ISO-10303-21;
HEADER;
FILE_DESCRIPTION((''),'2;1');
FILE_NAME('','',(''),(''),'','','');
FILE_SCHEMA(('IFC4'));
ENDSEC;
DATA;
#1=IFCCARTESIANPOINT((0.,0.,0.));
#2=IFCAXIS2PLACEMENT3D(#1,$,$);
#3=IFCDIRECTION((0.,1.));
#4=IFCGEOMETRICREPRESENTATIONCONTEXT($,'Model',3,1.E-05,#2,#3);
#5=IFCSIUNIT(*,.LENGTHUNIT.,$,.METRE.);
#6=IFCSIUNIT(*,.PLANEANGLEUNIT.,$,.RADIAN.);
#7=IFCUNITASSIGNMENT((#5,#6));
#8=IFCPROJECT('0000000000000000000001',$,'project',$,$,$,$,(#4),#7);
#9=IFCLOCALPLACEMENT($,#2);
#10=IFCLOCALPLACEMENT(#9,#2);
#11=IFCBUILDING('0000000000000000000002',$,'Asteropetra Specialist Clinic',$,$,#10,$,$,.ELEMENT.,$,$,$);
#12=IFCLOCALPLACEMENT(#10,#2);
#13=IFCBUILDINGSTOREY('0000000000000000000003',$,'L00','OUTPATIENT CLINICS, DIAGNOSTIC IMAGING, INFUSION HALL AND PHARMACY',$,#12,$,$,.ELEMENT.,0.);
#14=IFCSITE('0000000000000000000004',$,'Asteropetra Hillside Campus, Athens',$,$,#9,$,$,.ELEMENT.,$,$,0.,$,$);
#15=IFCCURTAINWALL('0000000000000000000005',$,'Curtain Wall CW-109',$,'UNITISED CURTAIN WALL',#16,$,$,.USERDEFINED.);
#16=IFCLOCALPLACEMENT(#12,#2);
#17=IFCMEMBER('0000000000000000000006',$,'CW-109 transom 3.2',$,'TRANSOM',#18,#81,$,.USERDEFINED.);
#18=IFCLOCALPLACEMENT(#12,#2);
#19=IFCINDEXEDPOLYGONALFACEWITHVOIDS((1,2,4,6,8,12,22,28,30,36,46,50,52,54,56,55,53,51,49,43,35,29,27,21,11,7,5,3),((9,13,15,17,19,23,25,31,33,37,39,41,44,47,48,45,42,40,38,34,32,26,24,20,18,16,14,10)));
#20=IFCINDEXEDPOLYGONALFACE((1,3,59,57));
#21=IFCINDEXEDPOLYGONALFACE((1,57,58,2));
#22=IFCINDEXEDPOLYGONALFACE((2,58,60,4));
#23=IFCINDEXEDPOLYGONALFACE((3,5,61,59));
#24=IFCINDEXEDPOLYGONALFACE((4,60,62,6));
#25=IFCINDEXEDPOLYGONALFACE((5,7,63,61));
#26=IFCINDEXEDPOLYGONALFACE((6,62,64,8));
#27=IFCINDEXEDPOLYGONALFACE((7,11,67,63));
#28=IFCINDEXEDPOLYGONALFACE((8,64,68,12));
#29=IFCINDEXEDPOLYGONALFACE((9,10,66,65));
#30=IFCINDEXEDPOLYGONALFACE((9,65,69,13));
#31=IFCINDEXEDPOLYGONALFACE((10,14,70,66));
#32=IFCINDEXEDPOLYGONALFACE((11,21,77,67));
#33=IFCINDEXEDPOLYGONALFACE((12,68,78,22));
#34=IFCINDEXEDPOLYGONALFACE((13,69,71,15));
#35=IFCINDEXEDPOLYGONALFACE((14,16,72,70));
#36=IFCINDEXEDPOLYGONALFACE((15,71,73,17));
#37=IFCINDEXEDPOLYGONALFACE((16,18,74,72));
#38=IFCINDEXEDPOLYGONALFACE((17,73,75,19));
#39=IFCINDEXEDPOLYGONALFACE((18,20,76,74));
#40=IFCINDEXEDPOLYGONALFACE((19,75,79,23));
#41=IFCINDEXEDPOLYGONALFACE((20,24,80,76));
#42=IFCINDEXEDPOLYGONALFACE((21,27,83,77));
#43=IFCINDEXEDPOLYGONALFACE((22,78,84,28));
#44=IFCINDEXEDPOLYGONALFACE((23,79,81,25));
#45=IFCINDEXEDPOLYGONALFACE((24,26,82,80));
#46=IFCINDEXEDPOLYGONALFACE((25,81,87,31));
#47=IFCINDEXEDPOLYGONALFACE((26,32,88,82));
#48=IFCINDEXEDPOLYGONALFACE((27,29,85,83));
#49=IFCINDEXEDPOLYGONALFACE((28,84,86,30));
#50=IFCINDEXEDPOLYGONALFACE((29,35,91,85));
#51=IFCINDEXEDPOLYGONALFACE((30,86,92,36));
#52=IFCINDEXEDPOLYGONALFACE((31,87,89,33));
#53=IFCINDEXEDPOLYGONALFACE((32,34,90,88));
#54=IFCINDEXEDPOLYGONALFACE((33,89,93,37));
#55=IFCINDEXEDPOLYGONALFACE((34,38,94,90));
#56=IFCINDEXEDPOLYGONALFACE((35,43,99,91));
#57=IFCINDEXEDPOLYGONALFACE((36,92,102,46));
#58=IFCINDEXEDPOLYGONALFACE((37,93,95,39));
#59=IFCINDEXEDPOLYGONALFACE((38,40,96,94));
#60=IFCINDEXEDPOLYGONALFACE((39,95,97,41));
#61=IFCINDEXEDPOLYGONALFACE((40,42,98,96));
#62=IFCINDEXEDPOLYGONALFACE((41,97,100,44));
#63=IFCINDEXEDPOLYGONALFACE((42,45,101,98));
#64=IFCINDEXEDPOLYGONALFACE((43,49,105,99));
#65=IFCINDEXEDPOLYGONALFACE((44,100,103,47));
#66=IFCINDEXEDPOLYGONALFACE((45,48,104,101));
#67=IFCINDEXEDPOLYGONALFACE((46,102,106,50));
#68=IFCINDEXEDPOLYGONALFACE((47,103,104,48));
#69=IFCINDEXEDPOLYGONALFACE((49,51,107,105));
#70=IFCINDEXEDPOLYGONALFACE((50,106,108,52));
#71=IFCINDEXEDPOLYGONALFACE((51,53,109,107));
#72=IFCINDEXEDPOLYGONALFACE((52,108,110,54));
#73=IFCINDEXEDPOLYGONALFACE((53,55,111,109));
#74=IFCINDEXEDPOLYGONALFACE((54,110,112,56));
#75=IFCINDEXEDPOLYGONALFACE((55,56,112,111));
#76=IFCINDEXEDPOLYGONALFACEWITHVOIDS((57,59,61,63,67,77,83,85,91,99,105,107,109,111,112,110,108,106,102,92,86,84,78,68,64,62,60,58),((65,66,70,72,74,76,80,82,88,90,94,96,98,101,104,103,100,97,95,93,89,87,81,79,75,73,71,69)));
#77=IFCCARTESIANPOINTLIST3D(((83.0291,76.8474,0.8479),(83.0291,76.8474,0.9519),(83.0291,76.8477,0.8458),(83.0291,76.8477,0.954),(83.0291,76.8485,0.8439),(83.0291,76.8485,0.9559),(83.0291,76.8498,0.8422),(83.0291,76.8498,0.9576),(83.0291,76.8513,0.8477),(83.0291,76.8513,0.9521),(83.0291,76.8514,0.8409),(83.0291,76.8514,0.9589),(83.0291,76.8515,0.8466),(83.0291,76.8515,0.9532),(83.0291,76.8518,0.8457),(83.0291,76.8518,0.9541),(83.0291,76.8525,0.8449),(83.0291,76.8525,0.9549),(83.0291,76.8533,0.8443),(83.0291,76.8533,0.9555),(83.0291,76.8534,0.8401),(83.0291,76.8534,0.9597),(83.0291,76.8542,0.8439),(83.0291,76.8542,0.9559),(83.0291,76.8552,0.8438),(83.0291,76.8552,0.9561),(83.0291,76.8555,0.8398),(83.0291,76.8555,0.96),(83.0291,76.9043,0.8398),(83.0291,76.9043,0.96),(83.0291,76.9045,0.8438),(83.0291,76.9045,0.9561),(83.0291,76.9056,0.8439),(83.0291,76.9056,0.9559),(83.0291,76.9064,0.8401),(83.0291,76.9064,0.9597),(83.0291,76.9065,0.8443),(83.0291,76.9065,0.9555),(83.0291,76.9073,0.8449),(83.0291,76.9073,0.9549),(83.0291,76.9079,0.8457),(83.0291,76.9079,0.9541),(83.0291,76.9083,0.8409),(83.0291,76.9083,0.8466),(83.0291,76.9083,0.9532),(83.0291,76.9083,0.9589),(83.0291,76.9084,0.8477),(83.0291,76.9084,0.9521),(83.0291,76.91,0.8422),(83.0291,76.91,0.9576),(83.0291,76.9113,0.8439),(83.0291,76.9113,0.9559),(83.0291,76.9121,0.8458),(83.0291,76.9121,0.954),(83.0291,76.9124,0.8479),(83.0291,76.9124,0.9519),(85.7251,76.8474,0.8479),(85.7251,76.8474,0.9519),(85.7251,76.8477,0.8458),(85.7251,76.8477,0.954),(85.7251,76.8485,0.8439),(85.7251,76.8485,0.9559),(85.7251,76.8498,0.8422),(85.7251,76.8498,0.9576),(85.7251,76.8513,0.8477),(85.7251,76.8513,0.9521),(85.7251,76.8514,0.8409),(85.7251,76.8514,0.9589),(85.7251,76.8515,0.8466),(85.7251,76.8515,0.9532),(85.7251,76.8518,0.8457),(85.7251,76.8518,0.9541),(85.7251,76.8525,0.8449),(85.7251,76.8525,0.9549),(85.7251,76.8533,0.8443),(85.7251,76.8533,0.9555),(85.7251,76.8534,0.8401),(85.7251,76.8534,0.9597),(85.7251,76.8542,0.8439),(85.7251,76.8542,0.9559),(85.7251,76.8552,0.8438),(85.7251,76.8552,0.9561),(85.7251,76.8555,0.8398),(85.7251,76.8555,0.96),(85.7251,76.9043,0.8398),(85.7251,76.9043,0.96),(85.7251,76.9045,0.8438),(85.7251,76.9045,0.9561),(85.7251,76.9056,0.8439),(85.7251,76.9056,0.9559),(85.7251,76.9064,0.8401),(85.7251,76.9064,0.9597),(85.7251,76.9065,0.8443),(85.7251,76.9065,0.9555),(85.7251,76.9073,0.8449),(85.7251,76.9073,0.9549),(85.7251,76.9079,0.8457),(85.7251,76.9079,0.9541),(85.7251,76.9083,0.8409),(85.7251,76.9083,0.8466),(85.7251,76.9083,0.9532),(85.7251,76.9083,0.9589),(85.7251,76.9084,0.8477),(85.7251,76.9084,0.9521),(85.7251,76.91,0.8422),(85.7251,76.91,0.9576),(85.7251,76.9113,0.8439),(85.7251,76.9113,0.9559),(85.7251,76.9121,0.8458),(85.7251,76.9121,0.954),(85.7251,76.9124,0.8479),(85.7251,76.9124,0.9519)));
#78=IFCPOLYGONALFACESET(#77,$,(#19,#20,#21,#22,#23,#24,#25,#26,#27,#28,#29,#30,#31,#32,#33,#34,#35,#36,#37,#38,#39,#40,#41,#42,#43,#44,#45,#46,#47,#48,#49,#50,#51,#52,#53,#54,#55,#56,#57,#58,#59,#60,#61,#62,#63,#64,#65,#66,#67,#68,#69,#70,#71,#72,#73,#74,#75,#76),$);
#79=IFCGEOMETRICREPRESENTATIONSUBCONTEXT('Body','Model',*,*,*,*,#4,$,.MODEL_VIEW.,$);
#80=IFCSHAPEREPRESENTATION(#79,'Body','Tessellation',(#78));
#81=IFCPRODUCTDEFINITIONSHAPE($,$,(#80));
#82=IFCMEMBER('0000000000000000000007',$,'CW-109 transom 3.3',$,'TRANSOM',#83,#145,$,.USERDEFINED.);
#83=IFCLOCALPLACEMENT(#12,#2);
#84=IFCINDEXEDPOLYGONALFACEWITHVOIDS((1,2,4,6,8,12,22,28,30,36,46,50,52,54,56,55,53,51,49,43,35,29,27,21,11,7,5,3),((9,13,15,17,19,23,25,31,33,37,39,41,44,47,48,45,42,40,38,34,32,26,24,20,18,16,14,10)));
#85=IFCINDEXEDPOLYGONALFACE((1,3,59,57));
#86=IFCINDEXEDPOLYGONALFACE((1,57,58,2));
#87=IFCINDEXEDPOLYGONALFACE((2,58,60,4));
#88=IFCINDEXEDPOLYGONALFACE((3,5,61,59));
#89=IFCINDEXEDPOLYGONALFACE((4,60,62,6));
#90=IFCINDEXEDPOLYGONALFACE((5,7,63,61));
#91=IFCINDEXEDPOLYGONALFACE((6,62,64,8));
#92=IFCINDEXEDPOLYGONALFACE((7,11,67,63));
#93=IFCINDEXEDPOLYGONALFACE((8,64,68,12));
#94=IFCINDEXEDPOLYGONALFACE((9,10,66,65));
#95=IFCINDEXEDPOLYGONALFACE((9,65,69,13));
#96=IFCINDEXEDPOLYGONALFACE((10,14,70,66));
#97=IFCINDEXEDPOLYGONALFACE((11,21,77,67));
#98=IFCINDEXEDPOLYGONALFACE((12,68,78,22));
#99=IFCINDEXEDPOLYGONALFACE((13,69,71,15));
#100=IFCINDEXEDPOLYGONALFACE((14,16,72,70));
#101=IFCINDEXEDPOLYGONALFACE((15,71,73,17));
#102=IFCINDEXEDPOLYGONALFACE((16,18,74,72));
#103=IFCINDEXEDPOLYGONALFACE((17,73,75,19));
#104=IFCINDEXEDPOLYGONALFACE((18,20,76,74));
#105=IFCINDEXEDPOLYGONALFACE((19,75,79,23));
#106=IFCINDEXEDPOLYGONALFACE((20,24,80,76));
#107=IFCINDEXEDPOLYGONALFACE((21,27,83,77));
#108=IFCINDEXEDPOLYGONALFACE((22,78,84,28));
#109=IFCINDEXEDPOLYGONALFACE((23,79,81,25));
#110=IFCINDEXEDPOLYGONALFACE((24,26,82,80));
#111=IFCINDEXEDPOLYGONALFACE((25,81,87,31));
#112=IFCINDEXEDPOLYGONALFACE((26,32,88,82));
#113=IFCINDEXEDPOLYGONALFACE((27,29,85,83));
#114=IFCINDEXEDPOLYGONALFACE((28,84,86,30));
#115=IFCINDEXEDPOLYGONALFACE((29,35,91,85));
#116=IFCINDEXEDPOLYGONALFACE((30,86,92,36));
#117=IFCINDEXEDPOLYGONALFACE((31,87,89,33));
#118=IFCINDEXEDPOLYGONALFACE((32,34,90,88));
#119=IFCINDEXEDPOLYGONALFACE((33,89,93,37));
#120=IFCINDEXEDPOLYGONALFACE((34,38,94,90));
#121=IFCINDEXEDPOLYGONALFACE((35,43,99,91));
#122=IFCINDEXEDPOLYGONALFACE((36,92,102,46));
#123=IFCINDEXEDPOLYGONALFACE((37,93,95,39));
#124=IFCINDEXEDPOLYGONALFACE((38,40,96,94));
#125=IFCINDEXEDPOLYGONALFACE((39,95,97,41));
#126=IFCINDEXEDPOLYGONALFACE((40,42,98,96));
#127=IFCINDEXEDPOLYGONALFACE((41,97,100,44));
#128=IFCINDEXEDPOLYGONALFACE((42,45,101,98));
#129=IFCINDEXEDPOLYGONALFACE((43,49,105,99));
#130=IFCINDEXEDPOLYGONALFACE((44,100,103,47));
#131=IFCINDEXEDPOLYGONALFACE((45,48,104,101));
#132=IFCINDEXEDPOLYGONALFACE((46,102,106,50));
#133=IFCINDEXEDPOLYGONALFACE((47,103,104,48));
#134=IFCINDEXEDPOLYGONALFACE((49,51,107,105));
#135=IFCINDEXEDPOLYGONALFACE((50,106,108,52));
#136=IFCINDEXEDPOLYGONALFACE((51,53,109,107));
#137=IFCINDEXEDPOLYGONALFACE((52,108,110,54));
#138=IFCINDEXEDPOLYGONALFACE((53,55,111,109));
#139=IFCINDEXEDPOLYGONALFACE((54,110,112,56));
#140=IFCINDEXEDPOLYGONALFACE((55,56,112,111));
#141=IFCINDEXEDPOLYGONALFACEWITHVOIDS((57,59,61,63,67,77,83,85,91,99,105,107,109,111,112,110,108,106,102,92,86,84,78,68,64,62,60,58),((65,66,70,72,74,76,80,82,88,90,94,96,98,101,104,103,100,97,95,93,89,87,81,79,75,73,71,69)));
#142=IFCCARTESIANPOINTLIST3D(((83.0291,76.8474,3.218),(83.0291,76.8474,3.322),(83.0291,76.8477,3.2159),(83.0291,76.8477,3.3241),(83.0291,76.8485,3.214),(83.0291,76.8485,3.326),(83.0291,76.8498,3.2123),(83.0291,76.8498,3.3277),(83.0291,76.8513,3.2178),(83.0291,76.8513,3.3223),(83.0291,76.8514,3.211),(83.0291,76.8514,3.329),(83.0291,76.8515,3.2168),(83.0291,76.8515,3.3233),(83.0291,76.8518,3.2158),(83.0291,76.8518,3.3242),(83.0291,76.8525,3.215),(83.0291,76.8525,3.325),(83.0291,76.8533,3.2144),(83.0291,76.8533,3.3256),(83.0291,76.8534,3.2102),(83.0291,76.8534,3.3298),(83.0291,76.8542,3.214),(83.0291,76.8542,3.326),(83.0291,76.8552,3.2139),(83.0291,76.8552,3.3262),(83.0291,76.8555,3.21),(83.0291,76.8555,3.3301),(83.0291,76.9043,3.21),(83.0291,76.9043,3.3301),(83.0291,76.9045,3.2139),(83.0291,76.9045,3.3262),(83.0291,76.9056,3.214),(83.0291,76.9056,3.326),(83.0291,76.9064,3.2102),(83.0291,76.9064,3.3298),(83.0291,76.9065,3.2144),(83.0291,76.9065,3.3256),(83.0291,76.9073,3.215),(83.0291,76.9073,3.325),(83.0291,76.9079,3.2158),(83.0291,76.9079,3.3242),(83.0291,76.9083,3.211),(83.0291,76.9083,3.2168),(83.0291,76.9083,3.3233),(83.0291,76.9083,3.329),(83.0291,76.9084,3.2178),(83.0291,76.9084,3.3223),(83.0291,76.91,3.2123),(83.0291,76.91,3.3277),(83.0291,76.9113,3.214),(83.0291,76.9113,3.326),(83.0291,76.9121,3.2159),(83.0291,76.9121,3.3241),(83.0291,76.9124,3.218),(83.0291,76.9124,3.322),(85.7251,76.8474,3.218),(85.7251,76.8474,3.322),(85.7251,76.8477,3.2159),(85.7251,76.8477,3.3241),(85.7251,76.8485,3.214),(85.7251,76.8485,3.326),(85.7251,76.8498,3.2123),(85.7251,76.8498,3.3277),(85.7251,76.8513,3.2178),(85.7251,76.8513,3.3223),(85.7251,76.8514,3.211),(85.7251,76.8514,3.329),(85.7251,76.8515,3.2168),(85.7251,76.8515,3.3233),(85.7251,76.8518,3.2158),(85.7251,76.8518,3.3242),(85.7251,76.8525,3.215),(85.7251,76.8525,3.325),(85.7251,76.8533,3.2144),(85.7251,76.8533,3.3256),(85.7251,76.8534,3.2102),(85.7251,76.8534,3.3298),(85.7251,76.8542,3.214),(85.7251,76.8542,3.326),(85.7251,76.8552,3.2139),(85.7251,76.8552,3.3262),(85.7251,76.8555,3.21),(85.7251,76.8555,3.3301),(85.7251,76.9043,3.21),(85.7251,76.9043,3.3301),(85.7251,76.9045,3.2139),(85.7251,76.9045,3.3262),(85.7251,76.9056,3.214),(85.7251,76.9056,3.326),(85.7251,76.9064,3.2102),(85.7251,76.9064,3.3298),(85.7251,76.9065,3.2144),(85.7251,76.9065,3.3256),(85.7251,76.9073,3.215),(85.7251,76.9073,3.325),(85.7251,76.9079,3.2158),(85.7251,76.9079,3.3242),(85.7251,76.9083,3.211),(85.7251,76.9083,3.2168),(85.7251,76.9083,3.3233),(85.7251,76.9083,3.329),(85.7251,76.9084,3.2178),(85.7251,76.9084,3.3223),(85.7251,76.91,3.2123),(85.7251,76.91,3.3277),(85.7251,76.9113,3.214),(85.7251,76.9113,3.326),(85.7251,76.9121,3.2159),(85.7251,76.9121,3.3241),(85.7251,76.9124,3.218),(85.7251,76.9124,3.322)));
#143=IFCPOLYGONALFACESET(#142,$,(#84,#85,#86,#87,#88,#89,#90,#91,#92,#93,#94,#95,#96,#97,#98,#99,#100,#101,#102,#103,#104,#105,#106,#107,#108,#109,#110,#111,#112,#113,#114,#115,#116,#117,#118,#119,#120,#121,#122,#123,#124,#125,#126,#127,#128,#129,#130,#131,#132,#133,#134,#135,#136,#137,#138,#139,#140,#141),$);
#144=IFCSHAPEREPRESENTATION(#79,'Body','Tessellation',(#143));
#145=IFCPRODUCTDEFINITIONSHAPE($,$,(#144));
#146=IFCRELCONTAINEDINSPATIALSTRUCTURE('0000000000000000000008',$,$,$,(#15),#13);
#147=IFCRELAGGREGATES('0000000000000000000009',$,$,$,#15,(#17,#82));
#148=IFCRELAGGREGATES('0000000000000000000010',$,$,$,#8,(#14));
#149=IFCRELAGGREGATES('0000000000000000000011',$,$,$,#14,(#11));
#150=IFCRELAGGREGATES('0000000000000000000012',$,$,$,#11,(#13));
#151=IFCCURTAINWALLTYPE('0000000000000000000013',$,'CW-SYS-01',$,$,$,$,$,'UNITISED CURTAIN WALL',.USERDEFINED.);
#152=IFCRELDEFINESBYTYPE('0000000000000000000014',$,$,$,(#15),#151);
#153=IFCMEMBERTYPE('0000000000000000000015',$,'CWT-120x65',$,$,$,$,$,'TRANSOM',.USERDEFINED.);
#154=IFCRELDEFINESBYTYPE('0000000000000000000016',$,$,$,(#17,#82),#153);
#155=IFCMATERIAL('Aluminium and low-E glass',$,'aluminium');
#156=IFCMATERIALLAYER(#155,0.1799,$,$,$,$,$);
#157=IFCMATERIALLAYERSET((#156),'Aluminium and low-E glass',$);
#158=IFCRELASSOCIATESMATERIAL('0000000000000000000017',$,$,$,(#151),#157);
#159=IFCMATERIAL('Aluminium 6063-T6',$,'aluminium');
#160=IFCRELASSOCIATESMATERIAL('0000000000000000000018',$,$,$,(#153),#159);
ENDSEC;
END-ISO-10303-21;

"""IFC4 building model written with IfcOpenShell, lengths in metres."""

from ifc_helpers import new_model, si_unit, direction, frame, origin, origin_2d, place, context, subcontext, project, spatial, hollow_rectangle, extrude, material, layer, layer_set, material_profile, profile_set, type_object, element, aggregate, save


model = new_model("IFC4")

# Units and contexts
model_context = context("Model", 3, precision=1e-05, world=origin(), true_north=direction((0.0, 1.0)))
body_context = subcontext(model_context, "Body", "Model", "MODEL_VIEW")
ifc_project = project(units=[si_unit("LENGTHUNIT", "METRE"), si_unit("PLANEANGLEUNIT", "RADIAN")], contexts=[model_context])

# Site, building, storey
site_placement = place(None, origin())
site = spatial("IfcSite", under=ifc_project, at=site_placement, Name="Asteropetra Hillside Campus, Athens", CompositionType="ELEMENT", RefElevation=0.0)
building_placement = place(site_placement, origin())
building = spatial("IfcBuilding", under=site, at=building_placement, Name="Asteropetra Specialist Clinic", CompositionType="ELEMENT")
storey_placement = place(building_placement, origin())
storey = spatial("IfcBuildingStorey", under=building, at=storey_placement, Name="L00", Description="OUTPATIENT CLINICS, DIAGNOSTIC IMAGING, INFUSION HALL AND PHARMACY", CompositionType="ELEMENT", Elevation=0.0)

# Curtain wall, members
ifc_material_1 = material(Name="Aluminium and low-E glass", Category="aluminium")
ifc_layer_1 = layer(ifc_material_1, 0.1799)
ifc_layer_set_1 = layer_set([ifc_layer_1], Name="Aluminium and low-E glass")
curtain_wall_type_1 = type_object("IfcCurtainWallType", Name="CW-SYS-01", ElementType="UNITISED CURTAIN WALL", PredefinedType="USERDEFINED", material=ifc_layer_set_1)
curtain_wall_1_placement = place(storey_placement, origin())
curtain_wall_1 = element("IfcCurtainWall", 1, at=curtain_wall_1_placement, inside=storey, type_object=curtain_wall_type_1, Name="Curtain Wall CW-109", ObjectType="UNITISED CURTAIN WALL", PredefinedType="USERDEFINED")
ifc_material_2 = material(Name="Aluminium 6063-T6", Category="aluminium")
ifc_material_profile_1 = material_profile(ifc_material_2, hollow_rectangle(XDim=0.0649, YDim=0.1201, WallThickness=0.0039, InnerFilletRadius=0.0039, OuterFilletRadius=0.0081, at=origin_2d()), Name="TRN 120x65x4.0")
ifc_profile_set_1 = profile_set([ifc_material_profile_1], Name="Aluminium 6063-T6")
member_type_1 = type_object("IfcMemberType", Name="CWT-120x65", ElementType="TRANSOM", PredefinedType="USERDEFINED", material=ifc_profile_set_1)
member_1_placement = place(storey_placement, frame((83.0291, 76.8799, 0.8999), z_axis=(1.0, 0.0, 0.0), x_axis=(0.0, 1.0, 0.0)))
member_1 = element("IfcMember", 2, at=member_1_placement, type_object=member_type_1, Name="CW-109 transom 3.2", ObjectType="TRANSOM", PredefinedType="USERDEFINED", context=body_context, shape_type="SweptSolid", body=[
    extrude(hollow_rectangle(XDim=0.0649, YDim=0.1201, WallThickness=0.0039, InnerFilletRadius=0.0039, OuterFilletRadius=0.0081, at=origin_2d()), origin(), (0.0, 0.0, 1.0), 2.696),
])
member_2_placement = place(storey_placement, frame((83.0291, 76.8799, 3.27), z_axis=(1.0, 0.0, 0.0), x_axis=(0.0, 1.0, 0.0)))
member_2 = element("IfcMember", 3, at=member_2_placement, type_object=member_type_1, Name="CW-109 transom 3.3", ObjectType="TRANSOM", PredefinedType="USERDEFINED", context=body_context, shape_type="SweptSolid", body=[
    extrude(hollow_rectangle(XDim=0.0649, YDim=0.1201, WallThickness=0.0039, InnerFilletRadius=0.0039, OuterFilletRadius=0.0081, at=origin_2d()), origin(), (0.0, 0.0, 1.0), 2.696),
])
aggregate(curtain_wall_1, [member_1, member_2])

save(model, "model.ifc")
